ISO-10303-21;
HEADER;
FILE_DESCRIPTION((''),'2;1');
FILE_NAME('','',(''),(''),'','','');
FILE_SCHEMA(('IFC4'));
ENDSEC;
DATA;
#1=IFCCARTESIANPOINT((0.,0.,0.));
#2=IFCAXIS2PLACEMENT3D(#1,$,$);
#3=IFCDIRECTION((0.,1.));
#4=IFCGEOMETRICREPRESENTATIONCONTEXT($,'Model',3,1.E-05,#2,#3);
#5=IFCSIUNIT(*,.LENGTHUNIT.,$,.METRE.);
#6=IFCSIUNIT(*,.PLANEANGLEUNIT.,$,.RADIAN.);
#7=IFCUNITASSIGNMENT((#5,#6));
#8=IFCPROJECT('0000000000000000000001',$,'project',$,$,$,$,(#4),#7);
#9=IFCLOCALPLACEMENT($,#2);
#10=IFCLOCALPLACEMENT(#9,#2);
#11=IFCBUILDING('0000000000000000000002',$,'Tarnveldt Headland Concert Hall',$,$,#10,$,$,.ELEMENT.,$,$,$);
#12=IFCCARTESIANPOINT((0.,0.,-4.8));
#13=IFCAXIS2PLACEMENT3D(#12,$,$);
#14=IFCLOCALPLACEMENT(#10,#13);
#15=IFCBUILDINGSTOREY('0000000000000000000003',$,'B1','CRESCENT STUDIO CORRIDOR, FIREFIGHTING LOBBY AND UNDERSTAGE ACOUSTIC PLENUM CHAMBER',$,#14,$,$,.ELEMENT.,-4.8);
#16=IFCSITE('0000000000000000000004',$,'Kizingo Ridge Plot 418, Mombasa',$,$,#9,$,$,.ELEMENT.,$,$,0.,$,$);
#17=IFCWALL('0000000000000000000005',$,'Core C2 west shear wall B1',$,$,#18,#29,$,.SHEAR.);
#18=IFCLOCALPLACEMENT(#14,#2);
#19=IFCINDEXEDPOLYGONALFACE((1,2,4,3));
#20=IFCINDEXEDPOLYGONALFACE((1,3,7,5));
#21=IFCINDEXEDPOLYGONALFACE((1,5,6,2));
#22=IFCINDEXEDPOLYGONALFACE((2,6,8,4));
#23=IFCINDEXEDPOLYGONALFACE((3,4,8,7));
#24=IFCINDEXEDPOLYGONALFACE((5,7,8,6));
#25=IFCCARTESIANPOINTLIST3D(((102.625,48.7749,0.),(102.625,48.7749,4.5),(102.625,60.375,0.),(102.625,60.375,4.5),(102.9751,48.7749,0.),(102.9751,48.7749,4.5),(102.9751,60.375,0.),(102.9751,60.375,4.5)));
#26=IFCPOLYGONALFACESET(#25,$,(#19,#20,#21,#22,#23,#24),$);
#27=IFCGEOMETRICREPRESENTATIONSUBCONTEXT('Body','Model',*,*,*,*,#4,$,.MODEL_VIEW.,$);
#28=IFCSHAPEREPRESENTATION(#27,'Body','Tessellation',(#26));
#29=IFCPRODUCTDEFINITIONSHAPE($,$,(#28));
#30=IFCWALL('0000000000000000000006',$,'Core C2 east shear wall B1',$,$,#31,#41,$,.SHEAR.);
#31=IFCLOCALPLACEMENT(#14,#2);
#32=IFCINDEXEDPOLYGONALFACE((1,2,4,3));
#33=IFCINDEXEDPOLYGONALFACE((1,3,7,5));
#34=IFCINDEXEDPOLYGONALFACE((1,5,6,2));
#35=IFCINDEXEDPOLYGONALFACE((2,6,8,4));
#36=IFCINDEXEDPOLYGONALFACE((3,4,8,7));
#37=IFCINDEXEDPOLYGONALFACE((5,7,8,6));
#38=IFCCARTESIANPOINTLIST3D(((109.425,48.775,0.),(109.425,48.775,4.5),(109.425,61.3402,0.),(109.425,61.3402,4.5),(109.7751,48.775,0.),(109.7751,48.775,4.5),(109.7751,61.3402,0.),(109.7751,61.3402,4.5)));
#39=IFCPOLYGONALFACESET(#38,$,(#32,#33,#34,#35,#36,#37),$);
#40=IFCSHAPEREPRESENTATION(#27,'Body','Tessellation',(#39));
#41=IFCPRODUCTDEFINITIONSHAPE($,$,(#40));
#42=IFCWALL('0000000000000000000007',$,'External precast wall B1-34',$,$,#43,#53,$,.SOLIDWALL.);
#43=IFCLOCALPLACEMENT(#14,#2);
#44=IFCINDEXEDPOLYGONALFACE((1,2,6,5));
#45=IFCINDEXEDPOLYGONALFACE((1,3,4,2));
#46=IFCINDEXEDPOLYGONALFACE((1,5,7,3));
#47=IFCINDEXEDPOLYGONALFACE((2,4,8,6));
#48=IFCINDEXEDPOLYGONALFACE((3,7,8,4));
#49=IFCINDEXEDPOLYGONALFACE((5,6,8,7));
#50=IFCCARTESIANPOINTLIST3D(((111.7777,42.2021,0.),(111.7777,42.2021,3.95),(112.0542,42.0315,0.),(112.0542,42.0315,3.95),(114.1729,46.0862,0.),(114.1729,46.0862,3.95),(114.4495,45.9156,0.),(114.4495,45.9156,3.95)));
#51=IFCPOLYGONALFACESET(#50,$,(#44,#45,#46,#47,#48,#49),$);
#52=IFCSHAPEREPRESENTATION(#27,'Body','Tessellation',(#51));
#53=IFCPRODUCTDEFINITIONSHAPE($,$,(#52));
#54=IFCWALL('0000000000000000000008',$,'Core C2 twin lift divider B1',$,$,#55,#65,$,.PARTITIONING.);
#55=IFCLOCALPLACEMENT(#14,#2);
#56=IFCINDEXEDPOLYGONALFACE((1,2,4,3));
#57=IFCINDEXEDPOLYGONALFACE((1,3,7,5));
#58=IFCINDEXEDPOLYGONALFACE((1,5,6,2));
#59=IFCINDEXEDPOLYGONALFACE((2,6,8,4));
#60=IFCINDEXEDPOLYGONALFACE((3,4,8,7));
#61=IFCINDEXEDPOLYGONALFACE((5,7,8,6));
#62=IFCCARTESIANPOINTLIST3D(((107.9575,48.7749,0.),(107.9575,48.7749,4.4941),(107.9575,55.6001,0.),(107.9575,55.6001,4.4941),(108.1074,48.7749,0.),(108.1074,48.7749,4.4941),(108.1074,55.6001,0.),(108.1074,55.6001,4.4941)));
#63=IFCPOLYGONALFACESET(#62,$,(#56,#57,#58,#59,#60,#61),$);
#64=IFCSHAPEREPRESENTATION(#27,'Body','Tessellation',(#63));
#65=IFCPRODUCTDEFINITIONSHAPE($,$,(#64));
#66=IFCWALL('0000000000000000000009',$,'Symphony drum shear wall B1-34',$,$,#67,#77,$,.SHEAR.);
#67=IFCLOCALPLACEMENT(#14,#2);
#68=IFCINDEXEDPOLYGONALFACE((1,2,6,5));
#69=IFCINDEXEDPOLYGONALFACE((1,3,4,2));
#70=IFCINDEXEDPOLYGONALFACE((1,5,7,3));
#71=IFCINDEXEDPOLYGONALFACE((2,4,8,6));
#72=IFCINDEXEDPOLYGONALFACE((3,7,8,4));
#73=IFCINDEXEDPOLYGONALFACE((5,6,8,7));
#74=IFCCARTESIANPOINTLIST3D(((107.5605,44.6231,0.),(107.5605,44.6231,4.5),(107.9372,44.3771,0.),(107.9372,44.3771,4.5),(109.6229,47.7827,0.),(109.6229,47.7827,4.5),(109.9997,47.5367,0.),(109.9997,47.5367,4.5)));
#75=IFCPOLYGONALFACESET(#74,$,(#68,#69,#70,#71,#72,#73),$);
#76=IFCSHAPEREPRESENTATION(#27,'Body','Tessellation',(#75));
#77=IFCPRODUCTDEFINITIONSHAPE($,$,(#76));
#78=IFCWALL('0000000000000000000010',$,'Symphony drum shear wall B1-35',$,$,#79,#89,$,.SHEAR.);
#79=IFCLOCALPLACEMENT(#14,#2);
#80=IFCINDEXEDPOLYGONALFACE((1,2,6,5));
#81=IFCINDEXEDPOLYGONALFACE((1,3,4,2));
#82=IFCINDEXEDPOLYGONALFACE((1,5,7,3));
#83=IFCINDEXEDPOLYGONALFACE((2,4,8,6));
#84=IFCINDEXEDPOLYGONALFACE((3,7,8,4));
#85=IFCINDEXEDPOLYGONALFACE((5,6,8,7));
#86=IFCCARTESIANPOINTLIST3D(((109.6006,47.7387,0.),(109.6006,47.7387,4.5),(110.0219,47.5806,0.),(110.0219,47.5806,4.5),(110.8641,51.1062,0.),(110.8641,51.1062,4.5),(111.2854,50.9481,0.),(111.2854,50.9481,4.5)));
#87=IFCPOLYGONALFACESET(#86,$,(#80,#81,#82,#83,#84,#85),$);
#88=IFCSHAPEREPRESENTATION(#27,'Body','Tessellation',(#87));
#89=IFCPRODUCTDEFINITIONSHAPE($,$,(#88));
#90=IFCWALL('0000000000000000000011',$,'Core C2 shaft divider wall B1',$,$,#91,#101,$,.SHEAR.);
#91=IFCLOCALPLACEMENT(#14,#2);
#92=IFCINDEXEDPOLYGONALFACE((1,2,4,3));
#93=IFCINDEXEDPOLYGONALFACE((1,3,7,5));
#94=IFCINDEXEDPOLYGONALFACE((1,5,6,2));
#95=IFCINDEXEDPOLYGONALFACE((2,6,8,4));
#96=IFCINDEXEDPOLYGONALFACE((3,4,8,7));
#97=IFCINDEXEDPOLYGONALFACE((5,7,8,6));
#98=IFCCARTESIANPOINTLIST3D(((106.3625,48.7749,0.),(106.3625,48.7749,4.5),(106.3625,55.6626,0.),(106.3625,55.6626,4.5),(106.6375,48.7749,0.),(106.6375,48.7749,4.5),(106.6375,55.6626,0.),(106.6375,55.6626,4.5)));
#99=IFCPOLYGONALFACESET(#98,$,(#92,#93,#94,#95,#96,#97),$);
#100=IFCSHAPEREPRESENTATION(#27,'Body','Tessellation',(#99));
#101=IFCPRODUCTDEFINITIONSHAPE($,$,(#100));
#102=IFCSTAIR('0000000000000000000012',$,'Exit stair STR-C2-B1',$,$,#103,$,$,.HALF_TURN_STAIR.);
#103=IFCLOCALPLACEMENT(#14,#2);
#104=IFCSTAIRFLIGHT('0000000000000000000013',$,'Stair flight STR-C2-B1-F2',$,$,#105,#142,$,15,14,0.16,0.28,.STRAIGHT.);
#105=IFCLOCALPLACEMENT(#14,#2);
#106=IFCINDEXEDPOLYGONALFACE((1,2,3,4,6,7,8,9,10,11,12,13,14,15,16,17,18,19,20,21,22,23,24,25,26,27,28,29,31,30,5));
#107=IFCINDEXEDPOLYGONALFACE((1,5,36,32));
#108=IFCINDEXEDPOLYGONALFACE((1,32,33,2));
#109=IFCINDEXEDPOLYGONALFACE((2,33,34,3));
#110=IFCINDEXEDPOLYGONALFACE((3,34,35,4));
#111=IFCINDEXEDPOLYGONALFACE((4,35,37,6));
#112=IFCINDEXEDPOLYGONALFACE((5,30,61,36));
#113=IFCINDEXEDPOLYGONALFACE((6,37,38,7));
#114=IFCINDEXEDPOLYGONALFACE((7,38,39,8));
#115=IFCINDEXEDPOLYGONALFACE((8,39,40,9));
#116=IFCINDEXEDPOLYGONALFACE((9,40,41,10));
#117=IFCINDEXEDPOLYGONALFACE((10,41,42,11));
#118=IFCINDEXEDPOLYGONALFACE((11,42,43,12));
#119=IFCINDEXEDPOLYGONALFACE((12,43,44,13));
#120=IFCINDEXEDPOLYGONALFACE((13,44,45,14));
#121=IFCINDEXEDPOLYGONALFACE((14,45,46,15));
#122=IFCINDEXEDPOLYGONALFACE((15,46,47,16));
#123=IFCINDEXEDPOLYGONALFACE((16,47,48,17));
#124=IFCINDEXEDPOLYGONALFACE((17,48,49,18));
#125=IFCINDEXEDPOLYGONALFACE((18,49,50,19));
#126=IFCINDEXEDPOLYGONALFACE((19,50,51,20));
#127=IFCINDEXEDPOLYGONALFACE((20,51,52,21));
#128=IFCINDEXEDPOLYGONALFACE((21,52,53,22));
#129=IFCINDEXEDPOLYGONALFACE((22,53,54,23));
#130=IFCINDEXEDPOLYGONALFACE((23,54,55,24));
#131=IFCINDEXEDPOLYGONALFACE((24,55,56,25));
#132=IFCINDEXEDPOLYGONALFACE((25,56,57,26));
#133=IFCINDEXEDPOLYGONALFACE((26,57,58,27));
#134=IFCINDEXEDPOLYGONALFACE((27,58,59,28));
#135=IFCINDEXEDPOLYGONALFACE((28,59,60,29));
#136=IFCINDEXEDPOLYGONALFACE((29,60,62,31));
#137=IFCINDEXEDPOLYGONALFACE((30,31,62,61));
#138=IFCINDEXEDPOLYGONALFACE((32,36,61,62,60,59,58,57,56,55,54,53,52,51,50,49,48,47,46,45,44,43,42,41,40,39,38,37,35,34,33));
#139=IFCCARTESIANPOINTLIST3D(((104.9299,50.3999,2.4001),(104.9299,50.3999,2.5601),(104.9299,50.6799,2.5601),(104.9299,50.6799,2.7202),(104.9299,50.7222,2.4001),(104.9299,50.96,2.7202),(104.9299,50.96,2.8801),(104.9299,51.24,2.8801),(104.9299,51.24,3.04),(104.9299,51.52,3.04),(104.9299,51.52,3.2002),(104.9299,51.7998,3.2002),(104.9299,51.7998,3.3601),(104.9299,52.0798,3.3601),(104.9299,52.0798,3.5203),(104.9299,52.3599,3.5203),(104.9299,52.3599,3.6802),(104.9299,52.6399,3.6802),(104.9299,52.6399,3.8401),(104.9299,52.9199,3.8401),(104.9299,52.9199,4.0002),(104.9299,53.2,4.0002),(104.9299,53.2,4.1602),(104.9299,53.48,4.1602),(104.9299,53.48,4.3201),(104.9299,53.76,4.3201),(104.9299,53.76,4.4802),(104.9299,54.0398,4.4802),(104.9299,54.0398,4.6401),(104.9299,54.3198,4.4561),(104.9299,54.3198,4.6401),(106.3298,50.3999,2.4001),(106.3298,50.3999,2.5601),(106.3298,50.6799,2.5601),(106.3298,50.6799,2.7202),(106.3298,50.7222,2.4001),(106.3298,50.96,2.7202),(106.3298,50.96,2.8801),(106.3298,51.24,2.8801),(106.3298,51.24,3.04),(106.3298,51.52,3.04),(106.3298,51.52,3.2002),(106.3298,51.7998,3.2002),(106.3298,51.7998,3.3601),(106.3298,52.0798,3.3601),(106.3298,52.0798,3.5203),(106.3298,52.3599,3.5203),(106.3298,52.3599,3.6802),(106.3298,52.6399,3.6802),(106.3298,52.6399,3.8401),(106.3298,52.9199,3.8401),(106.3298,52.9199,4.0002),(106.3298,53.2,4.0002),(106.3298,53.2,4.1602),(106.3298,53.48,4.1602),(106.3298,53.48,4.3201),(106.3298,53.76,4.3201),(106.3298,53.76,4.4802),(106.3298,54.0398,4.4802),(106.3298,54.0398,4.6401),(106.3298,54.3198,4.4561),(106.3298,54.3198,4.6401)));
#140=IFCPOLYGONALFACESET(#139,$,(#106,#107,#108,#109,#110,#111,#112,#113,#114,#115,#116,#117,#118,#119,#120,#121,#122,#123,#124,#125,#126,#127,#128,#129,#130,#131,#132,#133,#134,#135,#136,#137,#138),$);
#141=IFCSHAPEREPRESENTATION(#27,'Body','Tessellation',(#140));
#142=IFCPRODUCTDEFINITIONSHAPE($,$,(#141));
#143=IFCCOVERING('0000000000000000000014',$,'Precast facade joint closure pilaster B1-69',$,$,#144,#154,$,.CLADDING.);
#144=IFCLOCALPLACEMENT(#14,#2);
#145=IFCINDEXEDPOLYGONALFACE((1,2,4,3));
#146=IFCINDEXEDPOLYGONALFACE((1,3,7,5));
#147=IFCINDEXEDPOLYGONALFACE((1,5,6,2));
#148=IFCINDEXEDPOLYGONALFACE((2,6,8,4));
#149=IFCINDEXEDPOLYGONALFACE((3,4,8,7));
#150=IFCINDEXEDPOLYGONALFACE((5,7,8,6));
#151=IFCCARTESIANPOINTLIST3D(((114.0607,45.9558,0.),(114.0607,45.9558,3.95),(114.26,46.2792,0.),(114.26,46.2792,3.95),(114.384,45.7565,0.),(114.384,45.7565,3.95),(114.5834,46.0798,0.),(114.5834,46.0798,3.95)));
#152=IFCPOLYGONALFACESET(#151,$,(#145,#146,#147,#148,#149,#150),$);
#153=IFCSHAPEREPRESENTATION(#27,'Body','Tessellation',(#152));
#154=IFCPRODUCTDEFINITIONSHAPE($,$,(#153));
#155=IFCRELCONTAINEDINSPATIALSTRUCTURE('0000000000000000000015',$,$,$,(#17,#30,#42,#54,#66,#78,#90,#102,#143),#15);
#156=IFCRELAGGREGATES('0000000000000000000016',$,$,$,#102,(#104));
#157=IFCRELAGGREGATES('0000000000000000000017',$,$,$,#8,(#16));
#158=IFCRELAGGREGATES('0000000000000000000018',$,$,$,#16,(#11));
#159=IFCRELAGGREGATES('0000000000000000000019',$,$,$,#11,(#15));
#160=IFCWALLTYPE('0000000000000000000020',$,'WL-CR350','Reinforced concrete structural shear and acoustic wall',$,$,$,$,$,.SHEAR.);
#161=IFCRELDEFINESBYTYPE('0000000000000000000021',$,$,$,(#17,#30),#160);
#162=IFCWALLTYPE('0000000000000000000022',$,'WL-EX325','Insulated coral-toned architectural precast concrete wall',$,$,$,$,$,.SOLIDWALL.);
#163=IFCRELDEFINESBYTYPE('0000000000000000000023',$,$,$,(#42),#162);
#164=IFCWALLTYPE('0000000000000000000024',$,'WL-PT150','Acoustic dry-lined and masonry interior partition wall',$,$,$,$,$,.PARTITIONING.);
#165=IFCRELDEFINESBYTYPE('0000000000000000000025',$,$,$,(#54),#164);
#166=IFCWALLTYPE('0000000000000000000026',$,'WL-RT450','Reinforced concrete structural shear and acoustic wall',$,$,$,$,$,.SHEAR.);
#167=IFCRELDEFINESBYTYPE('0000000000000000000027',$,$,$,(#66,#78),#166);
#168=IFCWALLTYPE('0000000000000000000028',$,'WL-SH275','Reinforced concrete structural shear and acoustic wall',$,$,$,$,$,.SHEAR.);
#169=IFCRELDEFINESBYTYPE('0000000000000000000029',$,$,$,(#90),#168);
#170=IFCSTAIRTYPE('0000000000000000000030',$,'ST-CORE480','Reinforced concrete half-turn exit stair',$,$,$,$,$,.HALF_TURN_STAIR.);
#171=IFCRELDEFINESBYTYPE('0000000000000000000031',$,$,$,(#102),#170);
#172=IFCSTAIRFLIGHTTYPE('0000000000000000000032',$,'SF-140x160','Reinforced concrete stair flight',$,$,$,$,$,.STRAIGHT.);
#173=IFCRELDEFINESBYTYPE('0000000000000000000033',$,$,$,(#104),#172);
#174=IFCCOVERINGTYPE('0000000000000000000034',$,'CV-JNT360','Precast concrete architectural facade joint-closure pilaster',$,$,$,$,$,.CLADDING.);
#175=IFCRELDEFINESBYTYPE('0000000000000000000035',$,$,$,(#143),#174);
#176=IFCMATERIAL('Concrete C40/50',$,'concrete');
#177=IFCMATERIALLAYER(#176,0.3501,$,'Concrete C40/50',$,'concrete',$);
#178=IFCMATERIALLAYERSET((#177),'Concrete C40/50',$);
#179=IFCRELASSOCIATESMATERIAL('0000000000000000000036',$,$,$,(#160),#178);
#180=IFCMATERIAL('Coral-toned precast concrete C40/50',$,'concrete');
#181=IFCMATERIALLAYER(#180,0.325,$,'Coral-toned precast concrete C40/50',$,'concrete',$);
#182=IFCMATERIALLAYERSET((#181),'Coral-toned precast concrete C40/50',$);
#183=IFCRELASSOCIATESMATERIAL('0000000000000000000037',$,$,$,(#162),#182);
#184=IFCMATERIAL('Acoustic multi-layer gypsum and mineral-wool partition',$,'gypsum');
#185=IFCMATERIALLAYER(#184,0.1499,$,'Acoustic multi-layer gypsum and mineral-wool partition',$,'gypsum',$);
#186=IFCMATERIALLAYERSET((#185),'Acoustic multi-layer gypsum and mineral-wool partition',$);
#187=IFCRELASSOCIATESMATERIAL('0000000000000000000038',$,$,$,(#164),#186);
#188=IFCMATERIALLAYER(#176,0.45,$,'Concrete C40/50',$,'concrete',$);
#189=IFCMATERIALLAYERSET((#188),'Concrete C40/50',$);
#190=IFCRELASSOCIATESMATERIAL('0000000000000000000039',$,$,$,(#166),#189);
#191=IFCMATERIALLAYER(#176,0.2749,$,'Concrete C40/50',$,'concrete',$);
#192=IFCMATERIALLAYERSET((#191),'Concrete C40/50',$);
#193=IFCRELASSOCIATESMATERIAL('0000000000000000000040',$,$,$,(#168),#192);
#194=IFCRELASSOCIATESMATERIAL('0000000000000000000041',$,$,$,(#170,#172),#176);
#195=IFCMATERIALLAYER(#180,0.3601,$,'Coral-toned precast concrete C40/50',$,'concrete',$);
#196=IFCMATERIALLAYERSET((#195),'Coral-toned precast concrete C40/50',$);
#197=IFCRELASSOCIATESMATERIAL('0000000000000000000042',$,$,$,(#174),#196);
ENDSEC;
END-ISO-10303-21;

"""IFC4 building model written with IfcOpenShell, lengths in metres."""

from ifc_helpers import new_model, si_unit, direction, frame, frame_2d, origin, origin_2d, place, context, subcontext, project, spatial, polyline, rectangle, outline, extrude, material, layer, layer_set, type_object, element, aggregate, save


model = new_model("IFC4")

# Units and contexts
model_context = context("Model", 3, precision=1e-05, world=origin(), true_north=direction((0.0, 1.0)))
body_context = subcontext(model_context, "Body", "Model", "MODEL_VIEW")
ifc_project = project(units=[si_unit("LENGTHUNIT", "METRE"), si_unit("PLANEANGLEUNIT", "RADIAN")], contexts=[model_context])

# Site, building, storey
site_placement = place(None, origin())
site = spatial("IfcSite", under=ifc_project, at=site_placement, Name="Kizingo Ridge Plot 418, Mombasa", CompositionType="ELEMENT", RefElevation=0.0)
building_placement = place(site_placement, origin())
building = spatial("IfcBuilding", under=site, at=building_placement, Name="Tarnveldt Headland Concert Hall", CompositionType="ELEMENT")
storey_placement = place(building_placement, frame((0.0, 0.0, -4.8)))
storey = spatial("IfcBuildingStorey", under=building, at=storey_placement, Name="B1", Description="CRESCENT STUDIO CORRIDOR, FIREFIGHTING LOBBY AND UNDERSTAGE ACOUSTIC PLENUM CHAMBER", CompositionType="ELEMENT", Elevation=-4.8)

# Shared definitions
ifc_material_1 = material(Name="Concrete C40/50", Category="concrete")

# Walls
ifc_layer_1 = layer(ifc_material_1, 0.3501, Name="Concrete C40/50", Category="concrete")
ifc_layer_set_1 = layer_set([ifc_layer_1], Name="Concrete C40/50")
wall_type_1 = type_object("IfcWallType", Name="WL-CR350", Description="Reinforced concrete structural shear and acoustic wall", PredefinedType="SHEAR", material=ifc_layer_set_1)
wall_1_placement = place(storey_placement, frame((102.8, 48.7749, 0.0), z_axis=(0.0, 0.0, 1.0), x_axis=(0.0, 1.0, 0.0)))
element("IfcWall", 1, at=wall_1_placement, inside=storey, type_object=wall_type_1, Name="Core C2 west shear wall B1", PredefinedType="SHEAR", context=body_context, shape_type="SweptSolid", body=[
    extrude(rectangle(XDim=11.6001, YDim=0.3501, at=frame_2d((5.8, 0.0))), origin(), (0.0, 0.0, 1.0), 4.5),
])
wall_2_placement = place(storey_placement, frame((109.6001, 48.7749, 0.0), z_axis=(0.0, 0.0, 1.0), x_axis=(0.0, 1.0, 0.0)))
element("IfcWall", 2, at=wall_2_placement, inside=storey, type_object=wall_type_1, Name="Core C2 east shear wall B1", PredefinedType="SHEAR", context=body_context, shape_type="SweptSolid", body=[
    extrude(rectangle(XDim=12.5652, YDim=0.3501, at=frame_2d((6.2827, 0.0))), origin(), (0.0, 0.0, 1.0), 4.5),
])
ifc_material_2 = material(Name="Coral-toned precast concrete C40/50", Category="concrete")
ifc_layer_2 = layer(ifc_material_2, 0.325, Name="Coral-toned precast concrete C40/50", Category="concrete")
ifc_layer_set_2 = layer_set([ifc_layer_2], Name="Coral-toned precast concrete C40/50")
wall_type_2 = type_object("IfcWallType", Name="WL-EX325", Description="Insulated coral-toned architectural precast concrete wall", PredefinedType="SOLIDWALL", material=ifc_layer_set_2)
wall_3_placement = place(storey_placement, frame((114.3113, 46.001, 0.0), z_axis=(0.0, 0.0, 1.0), x_axis=(-0.524906, -0.85116, 0.0)))
element("IfcWall", 3, at=wall_3_placement, inside=storey, type_object=wall_type_2, Name="External precast wall B1-34", PredefinedType="SOLIDWALL", context=body_context, shape_type="SweptSolid", body=[
    extrude(rectangle(XDim=4.5632, YDim=0.325, at=frame_2d((2.2817, 0.0))), origin(), (0.0, 0.0, 1.0), 3.95),
])
ifc_material_3 = material(Name="Acoustic multi-layer gypsum and mineral-wool partition", Category="gypsum")
ifc_layer_3 = layer(ifc_material_3, 0.1499, Name="Acoustic multi-layer gypsum and mineral-wool partition", Category="gypsum")
ifc_layer_set_3 = layer_set([ifc_layer_3], Name="Acoustic multi-layer gypsum and mineral-wool partition")
wall_type_3 = type_object("IfcWallType", Name="WL-PT150", Description="Acoustic dry-lined and masonry interior partition wall", PredefinedType="PARTITIONING", material=ifc_layer_set_3)
wall_4_placement = place(storey_placement, frame((108.0325, 48.7749, 0.0), z_axis=(0.0, 0.0, 1.0), x_axis=(0.0, 1.0, 0.0)))
element("IfcWall", 4, at=wall_4_placement, inside=storey, type_object=wall_type_3, Name="Core C2 twin lift divider B1", PredefinedType="PARTITIONING", context=body_context, shape_type="SweptSolid", body=[
    extrude(rectangle(XDim=6.8252, YDim=0.1499, at=frame_2d((3.4126, 0.0))), origin(), (0.0, 0.0, 1.0), 4.4941),
])
ifc_layer_4 = layer(ifc_material_1, 0.45, Name="Concrete C40/50", Category="concrete")
ifc_layer_set_4 = layer_set([ifc_layer_4], Name="Concrete C40/50")
wall_type_4 = type_object("IfcWallType", Name="WL-RT450", Description="Reinforced concrete structural shear and acoustic wall", PredefinedType="SHEAR", material=ifc_layer_set_4)
wall_5_placement = place(storey_placement, frame((107.7488, 44.5, 0.0), z_axis=(0.0, 0.0, 1.0), x_axis=(0.546611, 0.837387, 0.0)))
element("IfcWall", 5, at=wall_5_placement, inside=storey, type_object=wall_type_4, Name="Symphony drum shear wall B1-34", PredefinedType="SHEAR", context=body_context, shape_type="SweptSolid", body=[
    extrude(rectangle(XDim=3.7732, YDim=0.45, at=frame_2d((1.8867, 0.0))), origin(), (0.0, 0.0, 1.0), 4.5),
])
wall_6_placement = place(storey_placement, frame((109.8113, 47.6597, 0.0), z_axis=(0.0, 0.0, 1.0), x_axis=(0.35128, 0.936271, 0.0)))
element("IfcWall", 6, at=wall_6_placement, inside=storey, type_object=wall_type_4, Name="Symphony drum shear wall B1-35", PredefinedType="SHEAR", context=body_context, shape_type="SweptSolid", body=[
    extrude(rectangle(XDim=3.5967, YDim=0.45, at=frame_2d((1.7983, 0.0))), origin(), (0.0, 0.0, 1.0), 4.5),
])
ifc_layer_5 = layer(ifc_material_1, 0.2749, Name="Concrete C40/50", Category="concrete")
ifc_layer_set_5 = layer_set([ifc_layer_5], Name="Concrete C40/50")
wall_type_5 = type_object("IfcWallType", Name="WL-SH275", Description="Reinforced concrete structural shear and acoustic wall", PredefinedType="SHEAR", material=ifc_layer_set_5)
wall_7_placement = place(storey_placement, frame((106.5, 48.7749, 0.0), z_axis=(0.0, 0.0, 1.0), x_axis=(0.0, 1.0, 0.0)))
element("IfcWall", 7, at=wall_7_placement, inside=storey, type_object=wall_type_5, Name="Core C2 shaft divider wall B1", PredefinedType="SHEAR", context=body_context, shape_type="SweptSolid", body=[
    extrude(rectangle(XDim=6.8877, YDim=0.2749, at=frame_2d((3.4438, 0.0))), origin(), (0.0, 0.0, 1.0), 4.5),
])

# Stair, stair flight
stair_type = type_object("IfcStairType", Name="ST-CORE480", Description="Reinforced concrete half-turn exit stair", PredefinedType="HALF_TURN_STAIR", material=ifc_material_1)
stair_placement = place(storey_placement, origin())
stair = element("IfcStair", 8, at=stair_placement, inside=storey, type_object=stair_type, Name="Exit stair STR-C2-B1", PredefinedType="HALF_TURN_STAIR")
stair_flight_type = type_object("IfcStairFlightType", Name="SF-140x160", Description="Reinforced concrete stair flight", PredefinedType="STRAIGHT", material=ifc_material_1)
stair_flight_placement = place(storey_placement, frame((105.6299, 50.3999, 2.4001), z_axis=(0.0, 0.0, 1.0), x_axis=(0.0, 1.0, 0.0)))
stair_flight = element("IfcStairFlight", 9, at=stair_flight_placement, type_object=stair_flight_type, Name="Stair flight STR-C2-B1-F2", NumberOfRisers=15, NumberOfTreads=14, PredefinedType="STRAIGHT", RiserHeight=0.16, TreadLength=0.28, context=body_context, shape_type="SweptSolid", body=[
    extrude(outline(polyline([(0.0, 0.0), (0.0, 0.1599), (0.28, 0.1599), (0.28, 0.3201), (0.5601, 0.3201), (0.5601, 0.48), (0.8401, 0.48), (0.8401, 0.6399), (1.1201, 0.6399), (1.1201, 0.8), (1.3999, 0.8), (1.3999, 0.96), (1.6799, 0.96), (1.6799, 1.1201), (1.96, 1.1201), (1.96, 1.28), (2.24, 1.28), (2.24, 1.4399), (2.52, 1.4399), (2.52, 1.6001), (2.8, 1.6001), (2.8, 1.76), (3.0801, 1.76), (3.0801, 1.9199), (3.3601, 1.9199), (3.3601, 2.0801), (3.6399, 2.0801), (3.6399, 2.24), (3.9199, 2.24), (3.9199, 2.3999), (3.9199, 2.0559), (0.3223, 0.0), (0.0, 0.0)])), frame((0.0, 0.7, 0.0), z_axis=(0.0, -1.0, 0.0), x_axis=(1.0, 0.0, 0.0)), (0.0, 0.0, 1.0), 1.3999),
])
aggregate(stair, [stair_flight])

# Covering
ifc_layer_6 = layer(ifc_material_2, 0.3601, Name="Coral-toned precast concrete C40/50", Category="concrete")
ifc_layer_set_6 = layer_set([ifc_layer_6], Name="Coral-toned precast concrete C40/50")
covering_type = type_object("IfcCoveringType", Name="CV-JNT360", Description="Precast concrete architectural facade joint-closure pilaster", PredefinedType="CLADDING", material=ifc_layer_set_6)
covering_placement = place(storey_placement, frame((114.322, 46.0178, 0.0), z_axis=(0.0, 0.0, 1.0), x_axis=(-0.524878, -0.851178, 0.0)))
element("IfcCovering", 10, at=covering_placement, inside=storey, type_object=covering_type, Name="Precast facade joint closure pilaster B1-69", PredefinedType="CLADDING", context=body_context, shape_type="SweptSolid", body=[
    extrude(rectangle(XDim=0.3799, YDim=0.3799, at=origin_2d()), origin(), (0.0, 0.0, 1.0), 3.95),
])

save(model, "model.ifc")
